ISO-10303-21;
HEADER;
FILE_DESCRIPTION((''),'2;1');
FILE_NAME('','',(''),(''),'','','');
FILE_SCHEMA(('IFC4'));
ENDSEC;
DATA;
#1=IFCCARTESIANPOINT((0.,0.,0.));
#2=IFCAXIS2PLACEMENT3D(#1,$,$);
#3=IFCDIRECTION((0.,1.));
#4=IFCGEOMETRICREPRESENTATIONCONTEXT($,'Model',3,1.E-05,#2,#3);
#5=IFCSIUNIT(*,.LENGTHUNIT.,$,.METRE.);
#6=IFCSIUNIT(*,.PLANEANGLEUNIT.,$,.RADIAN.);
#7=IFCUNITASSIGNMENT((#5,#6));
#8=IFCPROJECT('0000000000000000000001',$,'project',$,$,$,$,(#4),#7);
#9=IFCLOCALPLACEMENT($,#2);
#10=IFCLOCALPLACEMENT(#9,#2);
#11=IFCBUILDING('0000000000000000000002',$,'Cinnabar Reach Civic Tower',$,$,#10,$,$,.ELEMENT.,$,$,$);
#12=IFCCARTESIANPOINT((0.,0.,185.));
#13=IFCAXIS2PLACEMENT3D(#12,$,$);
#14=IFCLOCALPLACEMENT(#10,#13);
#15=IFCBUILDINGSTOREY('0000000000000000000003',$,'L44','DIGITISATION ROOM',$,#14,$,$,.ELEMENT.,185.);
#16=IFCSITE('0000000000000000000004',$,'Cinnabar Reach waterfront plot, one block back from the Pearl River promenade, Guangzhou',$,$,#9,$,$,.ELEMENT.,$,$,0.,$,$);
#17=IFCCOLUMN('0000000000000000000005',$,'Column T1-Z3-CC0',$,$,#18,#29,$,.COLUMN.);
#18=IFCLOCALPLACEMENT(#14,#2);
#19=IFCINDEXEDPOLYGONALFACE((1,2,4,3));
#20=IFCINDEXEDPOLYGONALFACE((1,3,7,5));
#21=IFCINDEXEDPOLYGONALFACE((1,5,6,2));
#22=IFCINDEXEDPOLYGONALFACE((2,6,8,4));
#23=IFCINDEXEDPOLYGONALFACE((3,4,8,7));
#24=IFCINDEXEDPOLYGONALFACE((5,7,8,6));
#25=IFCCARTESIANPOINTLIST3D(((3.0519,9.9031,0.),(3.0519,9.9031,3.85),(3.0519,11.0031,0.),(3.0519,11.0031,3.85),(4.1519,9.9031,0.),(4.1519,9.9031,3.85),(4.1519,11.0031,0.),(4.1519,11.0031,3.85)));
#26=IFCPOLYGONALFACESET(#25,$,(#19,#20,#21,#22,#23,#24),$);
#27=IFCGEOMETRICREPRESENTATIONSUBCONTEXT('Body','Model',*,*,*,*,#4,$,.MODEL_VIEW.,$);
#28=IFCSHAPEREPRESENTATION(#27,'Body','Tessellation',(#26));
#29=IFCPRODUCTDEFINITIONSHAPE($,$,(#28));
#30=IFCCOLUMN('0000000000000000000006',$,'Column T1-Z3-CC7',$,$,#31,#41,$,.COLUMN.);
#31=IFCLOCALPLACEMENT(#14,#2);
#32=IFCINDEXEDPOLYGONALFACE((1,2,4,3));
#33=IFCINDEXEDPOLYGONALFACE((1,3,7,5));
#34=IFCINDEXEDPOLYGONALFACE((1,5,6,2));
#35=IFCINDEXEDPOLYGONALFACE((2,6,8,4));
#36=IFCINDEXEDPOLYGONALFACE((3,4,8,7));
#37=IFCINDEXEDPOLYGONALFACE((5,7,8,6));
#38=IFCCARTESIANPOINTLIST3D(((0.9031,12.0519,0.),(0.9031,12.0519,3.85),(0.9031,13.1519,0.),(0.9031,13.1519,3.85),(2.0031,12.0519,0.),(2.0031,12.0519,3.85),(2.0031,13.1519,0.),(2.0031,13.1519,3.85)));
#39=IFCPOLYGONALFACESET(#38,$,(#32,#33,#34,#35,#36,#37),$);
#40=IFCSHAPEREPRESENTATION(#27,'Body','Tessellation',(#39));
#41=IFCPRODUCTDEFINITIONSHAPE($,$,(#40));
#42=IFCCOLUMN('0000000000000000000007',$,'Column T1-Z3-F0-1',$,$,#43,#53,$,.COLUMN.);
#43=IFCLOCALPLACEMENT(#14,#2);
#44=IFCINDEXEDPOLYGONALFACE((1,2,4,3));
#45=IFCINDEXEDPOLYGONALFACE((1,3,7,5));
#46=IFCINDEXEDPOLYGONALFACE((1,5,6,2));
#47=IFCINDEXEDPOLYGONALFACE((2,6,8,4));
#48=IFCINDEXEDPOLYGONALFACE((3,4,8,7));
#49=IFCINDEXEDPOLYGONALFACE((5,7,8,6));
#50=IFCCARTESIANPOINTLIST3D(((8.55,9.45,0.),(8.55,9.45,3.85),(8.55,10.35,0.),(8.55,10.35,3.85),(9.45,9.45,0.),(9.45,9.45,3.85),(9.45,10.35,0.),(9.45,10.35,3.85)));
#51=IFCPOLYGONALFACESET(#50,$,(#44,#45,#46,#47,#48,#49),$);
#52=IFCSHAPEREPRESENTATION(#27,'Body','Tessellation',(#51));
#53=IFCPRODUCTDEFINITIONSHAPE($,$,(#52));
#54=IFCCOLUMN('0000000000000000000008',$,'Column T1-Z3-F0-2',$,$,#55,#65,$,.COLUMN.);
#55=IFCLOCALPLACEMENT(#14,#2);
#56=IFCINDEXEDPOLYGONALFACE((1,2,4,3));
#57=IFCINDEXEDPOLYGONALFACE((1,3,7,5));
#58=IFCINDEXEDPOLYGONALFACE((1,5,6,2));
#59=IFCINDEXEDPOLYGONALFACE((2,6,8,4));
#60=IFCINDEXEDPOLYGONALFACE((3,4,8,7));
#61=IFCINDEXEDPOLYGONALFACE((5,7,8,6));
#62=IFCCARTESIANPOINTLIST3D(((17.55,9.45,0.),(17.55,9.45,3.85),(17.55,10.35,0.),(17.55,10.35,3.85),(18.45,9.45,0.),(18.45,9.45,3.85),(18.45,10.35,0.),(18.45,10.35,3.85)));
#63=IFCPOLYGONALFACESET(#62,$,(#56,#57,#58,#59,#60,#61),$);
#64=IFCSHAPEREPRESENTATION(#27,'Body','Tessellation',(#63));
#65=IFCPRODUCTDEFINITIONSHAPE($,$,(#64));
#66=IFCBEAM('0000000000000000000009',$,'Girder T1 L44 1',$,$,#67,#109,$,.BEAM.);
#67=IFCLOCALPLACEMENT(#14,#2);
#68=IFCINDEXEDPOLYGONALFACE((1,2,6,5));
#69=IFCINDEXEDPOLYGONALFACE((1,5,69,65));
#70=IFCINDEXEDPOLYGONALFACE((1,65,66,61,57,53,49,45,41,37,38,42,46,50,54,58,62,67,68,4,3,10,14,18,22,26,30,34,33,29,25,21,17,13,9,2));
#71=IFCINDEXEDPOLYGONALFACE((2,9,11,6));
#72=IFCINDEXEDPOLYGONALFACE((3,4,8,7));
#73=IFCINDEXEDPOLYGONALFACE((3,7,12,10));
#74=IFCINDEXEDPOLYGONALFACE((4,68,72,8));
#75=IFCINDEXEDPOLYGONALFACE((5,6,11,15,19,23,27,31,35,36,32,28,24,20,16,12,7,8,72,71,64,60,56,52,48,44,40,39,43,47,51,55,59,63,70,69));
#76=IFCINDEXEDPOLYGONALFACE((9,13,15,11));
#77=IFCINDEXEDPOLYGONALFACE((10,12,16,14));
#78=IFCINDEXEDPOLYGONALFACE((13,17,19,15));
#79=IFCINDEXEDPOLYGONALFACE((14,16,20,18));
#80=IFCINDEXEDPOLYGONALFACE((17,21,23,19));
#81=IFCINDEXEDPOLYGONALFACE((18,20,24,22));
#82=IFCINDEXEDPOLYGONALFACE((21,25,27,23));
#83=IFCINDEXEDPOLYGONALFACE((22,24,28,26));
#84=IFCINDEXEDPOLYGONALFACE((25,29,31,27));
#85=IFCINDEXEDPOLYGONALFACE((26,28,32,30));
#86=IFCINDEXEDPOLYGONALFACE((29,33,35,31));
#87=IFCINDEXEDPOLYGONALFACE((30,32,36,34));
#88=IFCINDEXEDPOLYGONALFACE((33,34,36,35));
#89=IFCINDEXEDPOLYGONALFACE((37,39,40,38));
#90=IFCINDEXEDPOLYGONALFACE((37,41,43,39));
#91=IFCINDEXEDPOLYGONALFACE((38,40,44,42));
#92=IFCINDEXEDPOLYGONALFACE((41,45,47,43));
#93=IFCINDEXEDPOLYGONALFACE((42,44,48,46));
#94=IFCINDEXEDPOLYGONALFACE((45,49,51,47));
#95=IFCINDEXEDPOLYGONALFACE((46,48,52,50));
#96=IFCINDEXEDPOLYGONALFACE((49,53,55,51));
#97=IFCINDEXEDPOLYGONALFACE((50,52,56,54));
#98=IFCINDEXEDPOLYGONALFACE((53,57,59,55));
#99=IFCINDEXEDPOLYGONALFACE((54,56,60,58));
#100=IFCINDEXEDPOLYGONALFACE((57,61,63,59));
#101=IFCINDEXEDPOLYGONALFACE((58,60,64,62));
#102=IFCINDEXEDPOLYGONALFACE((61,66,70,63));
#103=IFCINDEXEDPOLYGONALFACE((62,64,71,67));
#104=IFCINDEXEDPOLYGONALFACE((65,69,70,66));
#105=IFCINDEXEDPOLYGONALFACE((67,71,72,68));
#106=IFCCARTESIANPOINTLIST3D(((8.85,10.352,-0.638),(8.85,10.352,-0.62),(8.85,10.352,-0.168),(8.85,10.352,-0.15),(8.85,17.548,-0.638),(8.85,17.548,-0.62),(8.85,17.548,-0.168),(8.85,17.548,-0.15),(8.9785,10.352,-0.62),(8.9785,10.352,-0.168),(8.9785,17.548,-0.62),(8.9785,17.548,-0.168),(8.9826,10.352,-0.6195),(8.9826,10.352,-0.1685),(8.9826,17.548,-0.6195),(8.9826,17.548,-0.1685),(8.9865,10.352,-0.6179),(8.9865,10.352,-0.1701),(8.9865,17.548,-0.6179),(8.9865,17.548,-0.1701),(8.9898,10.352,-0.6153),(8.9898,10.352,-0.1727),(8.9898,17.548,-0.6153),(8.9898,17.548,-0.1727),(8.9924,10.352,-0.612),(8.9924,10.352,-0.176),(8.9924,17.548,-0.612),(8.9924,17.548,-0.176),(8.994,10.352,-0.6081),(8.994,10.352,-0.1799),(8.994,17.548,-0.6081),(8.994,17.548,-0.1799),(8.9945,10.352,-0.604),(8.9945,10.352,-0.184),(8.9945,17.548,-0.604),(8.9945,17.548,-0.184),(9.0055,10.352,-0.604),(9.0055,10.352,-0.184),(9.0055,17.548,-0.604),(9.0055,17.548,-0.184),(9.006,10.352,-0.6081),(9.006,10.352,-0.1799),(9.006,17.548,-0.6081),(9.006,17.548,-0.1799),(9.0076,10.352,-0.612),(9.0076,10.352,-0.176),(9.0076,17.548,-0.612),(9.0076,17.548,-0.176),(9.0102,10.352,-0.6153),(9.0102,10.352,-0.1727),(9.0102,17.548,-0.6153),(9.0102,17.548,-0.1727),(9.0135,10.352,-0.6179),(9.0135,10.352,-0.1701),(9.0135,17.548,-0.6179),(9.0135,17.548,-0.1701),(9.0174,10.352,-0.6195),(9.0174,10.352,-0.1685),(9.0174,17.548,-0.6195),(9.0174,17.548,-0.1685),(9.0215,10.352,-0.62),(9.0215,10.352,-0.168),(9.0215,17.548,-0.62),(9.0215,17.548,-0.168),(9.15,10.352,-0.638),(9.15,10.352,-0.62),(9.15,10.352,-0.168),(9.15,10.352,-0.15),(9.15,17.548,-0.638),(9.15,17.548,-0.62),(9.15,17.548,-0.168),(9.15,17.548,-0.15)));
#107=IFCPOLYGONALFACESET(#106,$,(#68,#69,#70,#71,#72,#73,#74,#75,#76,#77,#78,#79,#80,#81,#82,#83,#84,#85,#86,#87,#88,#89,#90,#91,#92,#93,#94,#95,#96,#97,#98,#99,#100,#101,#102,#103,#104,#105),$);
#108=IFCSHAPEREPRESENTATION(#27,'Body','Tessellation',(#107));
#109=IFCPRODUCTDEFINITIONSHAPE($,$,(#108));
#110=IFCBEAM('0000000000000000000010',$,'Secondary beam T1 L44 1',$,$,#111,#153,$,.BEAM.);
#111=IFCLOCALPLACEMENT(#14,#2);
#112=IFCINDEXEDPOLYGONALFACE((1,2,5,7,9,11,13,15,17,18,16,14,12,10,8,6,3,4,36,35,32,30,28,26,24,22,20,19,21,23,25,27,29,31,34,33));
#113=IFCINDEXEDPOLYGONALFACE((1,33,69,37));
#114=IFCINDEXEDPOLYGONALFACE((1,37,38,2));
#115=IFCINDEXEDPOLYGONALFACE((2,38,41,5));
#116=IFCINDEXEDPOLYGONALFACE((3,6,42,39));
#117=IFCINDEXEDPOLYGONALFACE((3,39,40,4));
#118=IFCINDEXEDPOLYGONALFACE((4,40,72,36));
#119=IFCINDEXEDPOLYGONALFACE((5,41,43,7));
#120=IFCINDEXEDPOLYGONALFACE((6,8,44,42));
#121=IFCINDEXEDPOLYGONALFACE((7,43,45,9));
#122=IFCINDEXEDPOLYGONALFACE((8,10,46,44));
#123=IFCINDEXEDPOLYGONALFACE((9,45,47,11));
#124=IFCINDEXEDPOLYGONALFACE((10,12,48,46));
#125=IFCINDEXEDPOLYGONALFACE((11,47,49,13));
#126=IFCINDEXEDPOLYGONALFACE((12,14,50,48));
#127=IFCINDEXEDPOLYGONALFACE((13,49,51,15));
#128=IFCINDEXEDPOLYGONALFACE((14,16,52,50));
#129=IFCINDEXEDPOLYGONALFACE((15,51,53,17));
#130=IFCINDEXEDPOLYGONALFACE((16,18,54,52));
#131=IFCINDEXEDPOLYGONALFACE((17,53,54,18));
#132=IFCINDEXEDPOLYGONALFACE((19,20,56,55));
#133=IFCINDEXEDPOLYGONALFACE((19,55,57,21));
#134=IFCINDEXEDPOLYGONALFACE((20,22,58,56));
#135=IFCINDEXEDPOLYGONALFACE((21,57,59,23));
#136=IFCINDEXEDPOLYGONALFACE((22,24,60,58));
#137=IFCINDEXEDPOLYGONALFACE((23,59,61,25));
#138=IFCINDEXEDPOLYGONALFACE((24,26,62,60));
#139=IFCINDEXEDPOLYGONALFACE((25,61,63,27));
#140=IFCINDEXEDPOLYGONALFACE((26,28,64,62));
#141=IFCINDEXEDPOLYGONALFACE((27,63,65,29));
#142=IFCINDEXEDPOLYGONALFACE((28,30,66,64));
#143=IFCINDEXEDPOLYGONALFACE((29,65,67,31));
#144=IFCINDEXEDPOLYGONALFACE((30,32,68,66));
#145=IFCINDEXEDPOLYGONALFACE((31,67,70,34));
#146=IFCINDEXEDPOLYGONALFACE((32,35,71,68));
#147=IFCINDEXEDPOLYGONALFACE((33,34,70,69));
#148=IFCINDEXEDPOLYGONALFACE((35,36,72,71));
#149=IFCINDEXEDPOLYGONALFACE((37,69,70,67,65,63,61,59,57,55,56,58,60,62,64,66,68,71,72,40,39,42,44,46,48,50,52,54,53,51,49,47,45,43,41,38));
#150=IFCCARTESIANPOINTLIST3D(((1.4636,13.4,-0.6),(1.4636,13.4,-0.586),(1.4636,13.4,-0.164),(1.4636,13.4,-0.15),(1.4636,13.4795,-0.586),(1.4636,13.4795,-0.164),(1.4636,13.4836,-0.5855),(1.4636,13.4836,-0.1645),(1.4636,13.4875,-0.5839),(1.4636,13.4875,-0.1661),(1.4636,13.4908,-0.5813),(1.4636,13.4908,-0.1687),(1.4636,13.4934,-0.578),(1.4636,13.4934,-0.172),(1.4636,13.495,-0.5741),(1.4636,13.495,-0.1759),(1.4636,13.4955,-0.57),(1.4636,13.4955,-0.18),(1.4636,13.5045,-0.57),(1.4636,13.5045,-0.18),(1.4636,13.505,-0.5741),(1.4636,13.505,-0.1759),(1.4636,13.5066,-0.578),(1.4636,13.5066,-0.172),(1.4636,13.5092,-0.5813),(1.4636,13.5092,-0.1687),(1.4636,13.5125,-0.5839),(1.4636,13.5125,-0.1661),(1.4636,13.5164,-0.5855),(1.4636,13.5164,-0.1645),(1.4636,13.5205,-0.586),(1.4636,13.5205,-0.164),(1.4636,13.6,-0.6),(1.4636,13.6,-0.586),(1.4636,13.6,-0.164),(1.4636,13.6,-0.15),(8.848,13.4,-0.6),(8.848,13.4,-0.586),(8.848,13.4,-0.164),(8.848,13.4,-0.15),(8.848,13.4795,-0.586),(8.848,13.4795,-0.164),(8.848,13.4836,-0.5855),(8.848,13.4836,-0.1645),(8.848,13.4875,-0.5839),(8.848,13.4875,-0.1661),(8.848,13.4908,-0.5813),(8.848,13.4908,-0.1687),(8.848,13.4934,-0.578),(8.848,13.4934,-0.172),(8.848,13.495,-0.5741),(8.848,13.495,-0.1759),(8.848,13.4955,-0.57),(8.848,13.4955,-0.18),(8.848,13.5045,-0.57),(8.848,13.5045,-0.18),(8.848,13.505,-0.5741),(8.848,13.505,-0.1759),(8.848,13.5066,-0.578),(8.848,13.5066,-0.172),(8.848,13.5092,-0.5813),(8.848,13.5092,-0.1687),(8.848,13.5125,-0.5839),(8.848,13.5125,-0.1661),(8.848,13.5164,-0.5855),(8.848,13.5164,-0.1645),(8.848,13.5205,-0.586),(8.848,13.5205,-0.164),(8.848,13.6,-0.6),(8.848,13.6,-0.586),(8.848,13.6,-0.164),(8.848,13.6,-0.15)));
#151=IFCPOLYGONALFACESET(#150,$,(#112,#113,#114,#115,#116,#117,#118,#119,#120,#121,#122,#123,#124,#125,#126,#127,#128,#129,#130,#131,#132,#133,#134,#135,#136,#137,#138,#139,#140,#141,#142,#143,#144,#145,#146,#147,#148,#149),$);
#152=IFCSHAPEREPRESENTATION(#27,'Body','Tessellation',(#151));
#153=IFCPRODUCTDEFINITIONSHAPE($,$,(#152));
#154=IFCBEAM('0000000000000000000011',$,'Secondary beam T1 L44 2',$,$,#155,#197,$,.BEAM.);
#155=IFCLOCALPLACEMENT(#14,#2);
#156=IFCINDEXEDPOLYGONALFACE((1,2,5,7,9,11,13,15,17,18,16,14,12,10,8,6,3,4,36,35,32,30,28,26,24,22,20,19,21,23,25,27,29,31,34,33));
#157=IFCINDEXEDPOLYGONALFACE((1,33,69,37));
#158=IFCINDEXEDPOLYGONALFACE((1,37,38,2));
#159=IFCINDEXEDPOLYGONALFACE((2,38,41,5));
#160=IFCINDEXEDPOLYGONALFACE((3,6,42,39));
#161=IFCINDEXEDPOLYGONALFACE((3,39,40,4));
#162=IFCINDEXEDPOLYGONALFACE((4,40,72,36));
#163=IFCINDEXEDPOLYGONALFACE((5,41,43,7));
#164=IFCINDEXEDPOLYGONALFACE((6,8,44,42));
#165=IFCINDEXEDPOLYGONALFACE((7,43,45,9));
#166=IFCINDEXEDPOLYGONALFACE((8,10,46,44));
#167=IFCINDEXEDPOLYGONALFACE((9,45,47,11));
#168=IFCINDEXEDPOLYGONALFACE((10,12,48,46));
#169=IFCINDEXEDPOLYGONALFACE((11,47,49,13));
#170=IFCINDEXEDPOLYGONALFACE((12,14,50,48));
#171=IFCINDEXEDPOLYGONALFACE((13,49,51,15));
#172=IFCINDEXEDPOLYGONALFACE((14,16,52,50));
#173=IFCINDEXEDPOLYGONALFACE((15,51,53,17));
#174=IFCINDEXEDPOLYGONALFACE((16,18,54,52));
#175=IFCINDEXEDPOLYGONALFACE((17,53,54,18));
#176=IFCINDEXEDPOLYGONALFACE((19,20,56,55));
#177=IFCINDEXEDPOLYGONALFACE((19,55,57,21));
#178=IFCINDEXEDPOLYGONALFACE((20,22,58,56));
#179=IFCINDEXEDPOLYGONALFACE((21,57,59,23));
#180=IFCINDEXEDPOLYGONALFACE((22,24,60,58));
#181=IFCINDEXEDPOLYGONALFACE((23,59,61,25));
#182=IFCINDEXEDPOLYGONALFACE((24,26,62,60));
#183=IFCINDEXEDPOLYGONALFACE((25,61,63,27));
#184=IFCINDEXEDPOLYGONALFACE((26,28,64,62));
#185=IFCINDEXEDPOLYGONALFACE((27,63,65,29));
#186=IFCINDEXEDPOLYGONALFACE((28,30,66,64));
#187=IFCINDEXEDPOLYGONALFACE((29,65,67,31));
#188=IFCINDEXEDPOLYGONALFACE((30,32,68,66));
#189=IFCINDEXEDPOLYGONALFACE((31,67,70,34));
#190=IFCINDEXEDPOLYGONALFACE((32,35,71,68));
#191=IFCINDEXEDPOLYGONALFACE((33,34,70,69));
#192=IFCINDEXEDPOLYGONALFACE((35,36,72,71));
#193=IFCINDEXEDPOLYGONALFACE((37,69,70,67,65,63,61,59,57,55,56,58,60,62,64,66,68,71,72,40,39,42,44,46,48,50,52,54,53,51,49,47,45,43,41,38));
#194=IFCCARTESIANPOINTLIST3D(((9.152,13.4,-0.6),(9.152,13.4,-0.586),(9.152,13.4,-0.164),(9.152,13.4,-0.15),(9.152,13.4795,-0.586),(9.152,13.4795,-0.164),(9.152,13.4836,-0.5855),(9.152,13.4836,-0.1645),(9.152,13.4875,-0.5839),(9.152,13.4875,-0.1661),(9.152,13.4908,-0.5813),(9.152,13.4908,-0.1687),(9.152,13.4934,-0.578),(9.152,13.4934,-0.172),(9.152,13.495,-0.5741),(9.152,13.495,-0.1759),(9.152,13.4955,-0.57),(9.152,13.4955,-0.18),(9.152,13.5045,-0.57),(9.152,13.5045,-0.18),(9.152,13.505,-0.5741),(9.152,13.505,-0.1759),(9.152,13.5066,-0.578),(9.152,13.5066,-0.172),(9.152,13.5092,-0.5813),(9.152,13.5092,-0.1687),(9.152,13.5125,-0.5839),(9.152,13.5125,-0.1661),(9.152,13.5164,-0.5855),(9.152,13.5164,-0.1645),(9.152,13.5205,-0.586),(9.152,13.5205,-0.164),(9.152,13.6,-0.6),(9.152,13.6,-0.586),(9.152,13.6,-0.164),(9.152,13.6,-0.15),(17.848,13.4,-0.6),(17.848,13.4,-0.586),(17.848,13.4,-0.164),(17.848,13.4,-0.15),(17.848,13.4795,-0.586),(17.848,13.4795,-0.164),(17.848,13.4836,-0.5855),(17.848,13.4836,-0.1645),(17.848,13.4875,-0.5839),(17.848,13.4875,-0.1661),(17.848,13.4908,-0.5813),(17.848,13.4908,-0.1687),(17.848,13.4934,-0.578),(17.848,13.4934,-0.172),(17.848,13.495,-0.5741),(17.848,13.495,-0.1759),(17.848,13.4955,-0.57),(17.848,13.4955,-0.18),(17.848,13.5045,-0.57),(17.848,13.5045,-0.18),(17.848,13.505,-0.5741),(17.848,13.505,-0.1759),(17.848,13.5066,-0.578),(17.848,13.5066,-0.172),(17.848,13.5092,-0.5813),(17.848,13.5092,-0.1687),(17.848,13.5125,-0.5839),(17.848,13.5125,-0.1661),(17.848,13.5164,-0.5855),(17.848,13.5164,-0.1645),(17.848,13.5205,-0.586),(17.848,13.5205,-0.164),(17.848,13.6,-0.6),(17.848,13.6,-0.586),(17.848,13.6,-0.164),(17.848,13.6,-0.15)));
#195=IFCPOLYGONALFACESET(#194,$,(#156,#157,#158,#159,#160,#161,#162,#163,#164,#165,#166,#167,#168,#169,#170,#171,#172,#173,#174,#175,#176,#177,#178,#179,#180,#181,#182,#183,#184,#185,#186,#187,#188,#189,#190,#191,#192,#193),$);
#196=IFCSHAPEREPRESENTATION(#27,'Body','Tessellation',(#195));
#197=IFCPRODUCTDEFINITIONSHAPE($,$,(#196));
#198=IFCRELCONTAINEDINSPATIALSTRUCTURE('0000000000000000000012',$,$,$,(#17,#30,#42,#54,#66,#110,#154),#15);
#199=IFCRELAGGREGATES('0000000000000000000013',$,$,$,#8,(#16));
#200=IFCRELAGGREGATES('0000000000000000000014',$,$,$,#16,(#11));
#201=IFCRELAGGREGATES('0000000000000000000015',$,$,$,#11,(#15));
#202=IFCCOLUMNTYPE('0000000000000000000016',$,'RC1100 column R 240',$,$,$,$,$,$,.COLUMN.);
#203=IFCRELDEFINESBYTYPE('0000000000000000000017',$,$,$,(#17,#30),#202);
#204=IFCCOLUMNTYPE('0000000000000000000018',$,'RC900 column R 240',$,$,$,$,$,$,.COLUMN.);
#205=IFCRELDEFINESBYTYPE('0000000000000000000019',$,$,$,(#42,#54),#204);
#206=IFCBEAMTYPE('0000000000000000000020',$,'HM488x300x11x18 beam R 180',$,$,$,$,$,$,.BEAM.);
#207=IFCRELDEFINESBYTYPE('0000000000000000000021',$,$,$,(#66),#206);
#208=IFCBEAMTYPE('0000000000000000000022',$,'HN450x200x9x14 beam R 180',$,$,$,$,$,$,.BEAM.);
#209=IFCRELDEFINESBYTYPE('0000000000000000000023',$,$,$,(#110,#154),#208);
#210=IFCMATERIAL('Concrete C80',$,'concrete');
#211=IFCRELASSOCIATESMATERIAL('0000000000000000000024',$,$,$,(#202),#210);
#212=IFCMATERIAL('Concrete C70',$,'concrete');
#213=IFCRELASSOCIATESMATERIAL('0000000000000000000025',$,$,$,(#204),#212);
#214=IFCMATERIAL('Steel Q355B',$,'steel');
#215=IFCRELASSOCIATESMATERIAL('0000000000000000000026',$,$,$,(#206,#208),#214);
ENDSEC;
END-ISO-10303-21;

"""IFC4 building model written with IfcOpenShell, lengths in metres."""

from ifc_helpers import new_model, si_unit, direction, frame, origin, origin_2d, place, context, subcontext, project, spatial, rectangle, i_section, extrude, material, material_profile, profile_set, type_object, element, save


model = new_model("IFC4")

# Units and contexts
model_context = context("Model", 3, precision=1e-05, world=origin(), true_north=direction((0.0, 1.0)))
body_context = subcontext(model_context, "Body", "Model", "MODEL_VIEW")
ifc_project = project(units=[si_unit("LENGTHUNIT", "METRE"), si_unit("PLANEANGLEUNIT", "RADIAN")], contexts=[model_context])

# Site, building, storey
site_placement = place(None, origin())
site = spatial("IfcSite", under=ifc_project, at=site_placement, Name="Cinnabar Reach waterfront plot, one block back from the Pearl River promenade, Guangzhou", CompositionType="ELEMENT", RefElevation=0.0)
building_placement = place(site_placement, origin())
building = spatial("IfcBuilding", under=site, at=building_placement, Name="Cinnabar Reach Civic Tower", CompositionType="ELEMENT")
storey_placement = place(building_placement, frame((0.0, 0.0, 185.0)))
storey = spatial("IfcBuildingStorey", under=building, at=storey_placement, Name="L44", Description="DIGITISATION ROOM", CompositionType="ELEMENT", Elevation=185.0)

# Columns
ifc_material_1 = material(Name="Concrete C80", Category="concrete")
ifc_material_profile_1 = material_profile(ifc_material_1, rectangle(XDim=1.1, YDim=1.1, at=origin_2d()), Name="RC1100")
ifc_profile_set_1 = profile_set([ifc_material_profile_1], Name="Concrete C80")
column_type_1 = type_object("IfcColumnType", Name="RC1100 column R 240", PredefinedType="COLUMN", material=ifc_profile_set_1)
for number, where, z_axis, x_axis, name in (
    (1, (3.6019, 10.4531, 0.0), (0.0, 0.0, 1.0), (1.0, 0.0, 0.0), "Column T1-Z3-CC0"),
    (2, (1.4531, 12.6019, 0.0), (0.0, 0.0, 1.0), (1.0, 0.0, 0.0), "Column T1-Z3-CC7"),
):
    element("IfcColumn", number, at=place(storey_placement, frame(where, z_axis=z_axis, x_axis=x_axis)), inside=storey, type_object=column_type_1, Name=name, PredefinedType="COLUMN", context=body_context, shape_type="SweptSolid", body=[
        extrude(rectangle(XDim=1.1, YDim=1.1, at=origin_2d()), origin(), (0.0, 0.0, 1.0), 3.85),
    ])
ifc_material_2 = material(Name="Concrete C70", Category="concrete")
ifc_material_profile_2 = material_profile(ifc_material_2, rectangle(XDim=0.9, YDim=0.9, at=origin_2d()), Name="RC900")
ifc_profile_set_2 = profile_set([ifc_material_profile_2], Name="Concrete C70")
column_type_2 = type_object("IfcColumnType", Name="RC900 column R 240", PredefinedType="COLUMN", material=ifc_profile_set_2)
for number, where, z_axis, x_axis, name in (
    (3, (9.0, 9.9, 0.0), (0.0, 0.0, 1.0), (1.0, 0.0, 0.0), "Column T1-Z3-F0-1"),
    (4, (18.0, 9.9, 0.0), (0.0, 0.0, 1.0), (1.0, 0.0, 0.0), "Column T1-Z3-F0-2"),
):
    element("IfcColumn", number, at=place(storey_placement, frame(where, z_axis=z_axis, x_axis=x_axis)), inside=storey, type_object=column_type_2, Name=name, PredefinedType="COLUMN", context=body_context, shape_type="SweptSolid", body=[
        extrude(rectangle(XDim=0.9, YDim=0.9, at=origin_2d()), origin(), (0.0, 0.0, 1.0), 3.85),
    ])

# Beams
ifc_material_3 = material(Name="Steel Q355B", Category="steel")
ifc_material_profile_3 = material_profile(ifc_material_3, i_section(OverallWidth=0.3, OverallDepth=0.488, WebThickness=0.011, FlangeThickness=0.018, FilletRadius=0.016, at=origin_2d()), Name="HM488x300x11x18")
ifc_profile_set_3 = profile_set([ifc_material_profile_3], Name="Steel Q355B")
beam_type_1 = type_object("IfcBeamType", Name="HM488x300x11x18 beam R 180", PredefinedType="BEAM", material=ifc_profile_set_3)
beam_1_placement = place(storey_placement, frame((9.0, 10.352, -0.394), z_axis=(0.0, 1.0, 0.0), x_axis=(-1.0, 0.0, 0.0)))
element("IfcBeam", 5, at=beam_1_placement, inside=storey, type_object=beam_type_1, Name="Girder T1 L44 1", PredefinedType="BEAM", context=body_context, shape_type="SweptSolid", body=[
    extrude(i_section(OverallWidth=0.3, OverallDepth=0.488, WebThickness=0.011, FlangeThickness=0.018, FilletRadius=0.016, at=origin_2d()), origin(), (0.0, 0.0, 1.0), 7.196),
])
ifc_material_profile_4 = material_profile(ifc_material_3, i_section(OverallWidth=0.2, OverallDepth=0.45, WebThickness=0.009, FlangeThickness=0.014, FilletRadius=0.016, at=origin_2d()), Name="HN450x200x9x14")
ifc_profile_set_4 = profile_set([ifc_material_profile_4], Name="Steel Q355B")
beam_type_2 = type_object("IfcBeamType", Name="HN450x200x9x14 beam R 180", PredefinedType="BEAM", material=ifc_profile_set_4)
beam_2_placement = place(storey_placement, frame((1.4636, 13.5, -0.375), z_axis=(1.0, 0.0, 0.0), x_axis=(0.0, 1.0, 0.0)))
element("IfcBeam", 6, at=beam_2_placement, inside=storey, type_object=beam_type_2, Name="Secondary beam T1 L44 1", PredefinedType="BEAM", context=body_context, shape_type="SweptSolid", body=[
    extrude(i_section(OverallWidth=0.2, OverallDepth=0.45, WebThickness=0.009, FlangeThickness=0.014, FilletRadius=0.016, at=origin_2d()), origin(), (0.0, 0.0, 1.0), 7.3844),
])
beam_3_placement = place(storey_placement, frame((9.152, 13.5, -0.375), z_axis=(1.0, 0.0, 0.0), x_axis=(0.0, 1.0, 0.0)))
element("IfcBeam", 7, at=beam_3_placement, inside=storey, type_object=beam_type_2, Name="Secondary beam T1 L44 2", PredefinedType="BEAM", context=body_context, shape_type="SweptSolid", body=[
    extrude(i_section(OverallWidth=0.2, OverallDepth=0.45, WebThickness=0.009, FlangeThickness=0.014, FilletRadius=0.016, at=origin_2d()), origin(), (0.0, 0.0, 1.0), 8.696),
])

save(model, "model.ifc")
